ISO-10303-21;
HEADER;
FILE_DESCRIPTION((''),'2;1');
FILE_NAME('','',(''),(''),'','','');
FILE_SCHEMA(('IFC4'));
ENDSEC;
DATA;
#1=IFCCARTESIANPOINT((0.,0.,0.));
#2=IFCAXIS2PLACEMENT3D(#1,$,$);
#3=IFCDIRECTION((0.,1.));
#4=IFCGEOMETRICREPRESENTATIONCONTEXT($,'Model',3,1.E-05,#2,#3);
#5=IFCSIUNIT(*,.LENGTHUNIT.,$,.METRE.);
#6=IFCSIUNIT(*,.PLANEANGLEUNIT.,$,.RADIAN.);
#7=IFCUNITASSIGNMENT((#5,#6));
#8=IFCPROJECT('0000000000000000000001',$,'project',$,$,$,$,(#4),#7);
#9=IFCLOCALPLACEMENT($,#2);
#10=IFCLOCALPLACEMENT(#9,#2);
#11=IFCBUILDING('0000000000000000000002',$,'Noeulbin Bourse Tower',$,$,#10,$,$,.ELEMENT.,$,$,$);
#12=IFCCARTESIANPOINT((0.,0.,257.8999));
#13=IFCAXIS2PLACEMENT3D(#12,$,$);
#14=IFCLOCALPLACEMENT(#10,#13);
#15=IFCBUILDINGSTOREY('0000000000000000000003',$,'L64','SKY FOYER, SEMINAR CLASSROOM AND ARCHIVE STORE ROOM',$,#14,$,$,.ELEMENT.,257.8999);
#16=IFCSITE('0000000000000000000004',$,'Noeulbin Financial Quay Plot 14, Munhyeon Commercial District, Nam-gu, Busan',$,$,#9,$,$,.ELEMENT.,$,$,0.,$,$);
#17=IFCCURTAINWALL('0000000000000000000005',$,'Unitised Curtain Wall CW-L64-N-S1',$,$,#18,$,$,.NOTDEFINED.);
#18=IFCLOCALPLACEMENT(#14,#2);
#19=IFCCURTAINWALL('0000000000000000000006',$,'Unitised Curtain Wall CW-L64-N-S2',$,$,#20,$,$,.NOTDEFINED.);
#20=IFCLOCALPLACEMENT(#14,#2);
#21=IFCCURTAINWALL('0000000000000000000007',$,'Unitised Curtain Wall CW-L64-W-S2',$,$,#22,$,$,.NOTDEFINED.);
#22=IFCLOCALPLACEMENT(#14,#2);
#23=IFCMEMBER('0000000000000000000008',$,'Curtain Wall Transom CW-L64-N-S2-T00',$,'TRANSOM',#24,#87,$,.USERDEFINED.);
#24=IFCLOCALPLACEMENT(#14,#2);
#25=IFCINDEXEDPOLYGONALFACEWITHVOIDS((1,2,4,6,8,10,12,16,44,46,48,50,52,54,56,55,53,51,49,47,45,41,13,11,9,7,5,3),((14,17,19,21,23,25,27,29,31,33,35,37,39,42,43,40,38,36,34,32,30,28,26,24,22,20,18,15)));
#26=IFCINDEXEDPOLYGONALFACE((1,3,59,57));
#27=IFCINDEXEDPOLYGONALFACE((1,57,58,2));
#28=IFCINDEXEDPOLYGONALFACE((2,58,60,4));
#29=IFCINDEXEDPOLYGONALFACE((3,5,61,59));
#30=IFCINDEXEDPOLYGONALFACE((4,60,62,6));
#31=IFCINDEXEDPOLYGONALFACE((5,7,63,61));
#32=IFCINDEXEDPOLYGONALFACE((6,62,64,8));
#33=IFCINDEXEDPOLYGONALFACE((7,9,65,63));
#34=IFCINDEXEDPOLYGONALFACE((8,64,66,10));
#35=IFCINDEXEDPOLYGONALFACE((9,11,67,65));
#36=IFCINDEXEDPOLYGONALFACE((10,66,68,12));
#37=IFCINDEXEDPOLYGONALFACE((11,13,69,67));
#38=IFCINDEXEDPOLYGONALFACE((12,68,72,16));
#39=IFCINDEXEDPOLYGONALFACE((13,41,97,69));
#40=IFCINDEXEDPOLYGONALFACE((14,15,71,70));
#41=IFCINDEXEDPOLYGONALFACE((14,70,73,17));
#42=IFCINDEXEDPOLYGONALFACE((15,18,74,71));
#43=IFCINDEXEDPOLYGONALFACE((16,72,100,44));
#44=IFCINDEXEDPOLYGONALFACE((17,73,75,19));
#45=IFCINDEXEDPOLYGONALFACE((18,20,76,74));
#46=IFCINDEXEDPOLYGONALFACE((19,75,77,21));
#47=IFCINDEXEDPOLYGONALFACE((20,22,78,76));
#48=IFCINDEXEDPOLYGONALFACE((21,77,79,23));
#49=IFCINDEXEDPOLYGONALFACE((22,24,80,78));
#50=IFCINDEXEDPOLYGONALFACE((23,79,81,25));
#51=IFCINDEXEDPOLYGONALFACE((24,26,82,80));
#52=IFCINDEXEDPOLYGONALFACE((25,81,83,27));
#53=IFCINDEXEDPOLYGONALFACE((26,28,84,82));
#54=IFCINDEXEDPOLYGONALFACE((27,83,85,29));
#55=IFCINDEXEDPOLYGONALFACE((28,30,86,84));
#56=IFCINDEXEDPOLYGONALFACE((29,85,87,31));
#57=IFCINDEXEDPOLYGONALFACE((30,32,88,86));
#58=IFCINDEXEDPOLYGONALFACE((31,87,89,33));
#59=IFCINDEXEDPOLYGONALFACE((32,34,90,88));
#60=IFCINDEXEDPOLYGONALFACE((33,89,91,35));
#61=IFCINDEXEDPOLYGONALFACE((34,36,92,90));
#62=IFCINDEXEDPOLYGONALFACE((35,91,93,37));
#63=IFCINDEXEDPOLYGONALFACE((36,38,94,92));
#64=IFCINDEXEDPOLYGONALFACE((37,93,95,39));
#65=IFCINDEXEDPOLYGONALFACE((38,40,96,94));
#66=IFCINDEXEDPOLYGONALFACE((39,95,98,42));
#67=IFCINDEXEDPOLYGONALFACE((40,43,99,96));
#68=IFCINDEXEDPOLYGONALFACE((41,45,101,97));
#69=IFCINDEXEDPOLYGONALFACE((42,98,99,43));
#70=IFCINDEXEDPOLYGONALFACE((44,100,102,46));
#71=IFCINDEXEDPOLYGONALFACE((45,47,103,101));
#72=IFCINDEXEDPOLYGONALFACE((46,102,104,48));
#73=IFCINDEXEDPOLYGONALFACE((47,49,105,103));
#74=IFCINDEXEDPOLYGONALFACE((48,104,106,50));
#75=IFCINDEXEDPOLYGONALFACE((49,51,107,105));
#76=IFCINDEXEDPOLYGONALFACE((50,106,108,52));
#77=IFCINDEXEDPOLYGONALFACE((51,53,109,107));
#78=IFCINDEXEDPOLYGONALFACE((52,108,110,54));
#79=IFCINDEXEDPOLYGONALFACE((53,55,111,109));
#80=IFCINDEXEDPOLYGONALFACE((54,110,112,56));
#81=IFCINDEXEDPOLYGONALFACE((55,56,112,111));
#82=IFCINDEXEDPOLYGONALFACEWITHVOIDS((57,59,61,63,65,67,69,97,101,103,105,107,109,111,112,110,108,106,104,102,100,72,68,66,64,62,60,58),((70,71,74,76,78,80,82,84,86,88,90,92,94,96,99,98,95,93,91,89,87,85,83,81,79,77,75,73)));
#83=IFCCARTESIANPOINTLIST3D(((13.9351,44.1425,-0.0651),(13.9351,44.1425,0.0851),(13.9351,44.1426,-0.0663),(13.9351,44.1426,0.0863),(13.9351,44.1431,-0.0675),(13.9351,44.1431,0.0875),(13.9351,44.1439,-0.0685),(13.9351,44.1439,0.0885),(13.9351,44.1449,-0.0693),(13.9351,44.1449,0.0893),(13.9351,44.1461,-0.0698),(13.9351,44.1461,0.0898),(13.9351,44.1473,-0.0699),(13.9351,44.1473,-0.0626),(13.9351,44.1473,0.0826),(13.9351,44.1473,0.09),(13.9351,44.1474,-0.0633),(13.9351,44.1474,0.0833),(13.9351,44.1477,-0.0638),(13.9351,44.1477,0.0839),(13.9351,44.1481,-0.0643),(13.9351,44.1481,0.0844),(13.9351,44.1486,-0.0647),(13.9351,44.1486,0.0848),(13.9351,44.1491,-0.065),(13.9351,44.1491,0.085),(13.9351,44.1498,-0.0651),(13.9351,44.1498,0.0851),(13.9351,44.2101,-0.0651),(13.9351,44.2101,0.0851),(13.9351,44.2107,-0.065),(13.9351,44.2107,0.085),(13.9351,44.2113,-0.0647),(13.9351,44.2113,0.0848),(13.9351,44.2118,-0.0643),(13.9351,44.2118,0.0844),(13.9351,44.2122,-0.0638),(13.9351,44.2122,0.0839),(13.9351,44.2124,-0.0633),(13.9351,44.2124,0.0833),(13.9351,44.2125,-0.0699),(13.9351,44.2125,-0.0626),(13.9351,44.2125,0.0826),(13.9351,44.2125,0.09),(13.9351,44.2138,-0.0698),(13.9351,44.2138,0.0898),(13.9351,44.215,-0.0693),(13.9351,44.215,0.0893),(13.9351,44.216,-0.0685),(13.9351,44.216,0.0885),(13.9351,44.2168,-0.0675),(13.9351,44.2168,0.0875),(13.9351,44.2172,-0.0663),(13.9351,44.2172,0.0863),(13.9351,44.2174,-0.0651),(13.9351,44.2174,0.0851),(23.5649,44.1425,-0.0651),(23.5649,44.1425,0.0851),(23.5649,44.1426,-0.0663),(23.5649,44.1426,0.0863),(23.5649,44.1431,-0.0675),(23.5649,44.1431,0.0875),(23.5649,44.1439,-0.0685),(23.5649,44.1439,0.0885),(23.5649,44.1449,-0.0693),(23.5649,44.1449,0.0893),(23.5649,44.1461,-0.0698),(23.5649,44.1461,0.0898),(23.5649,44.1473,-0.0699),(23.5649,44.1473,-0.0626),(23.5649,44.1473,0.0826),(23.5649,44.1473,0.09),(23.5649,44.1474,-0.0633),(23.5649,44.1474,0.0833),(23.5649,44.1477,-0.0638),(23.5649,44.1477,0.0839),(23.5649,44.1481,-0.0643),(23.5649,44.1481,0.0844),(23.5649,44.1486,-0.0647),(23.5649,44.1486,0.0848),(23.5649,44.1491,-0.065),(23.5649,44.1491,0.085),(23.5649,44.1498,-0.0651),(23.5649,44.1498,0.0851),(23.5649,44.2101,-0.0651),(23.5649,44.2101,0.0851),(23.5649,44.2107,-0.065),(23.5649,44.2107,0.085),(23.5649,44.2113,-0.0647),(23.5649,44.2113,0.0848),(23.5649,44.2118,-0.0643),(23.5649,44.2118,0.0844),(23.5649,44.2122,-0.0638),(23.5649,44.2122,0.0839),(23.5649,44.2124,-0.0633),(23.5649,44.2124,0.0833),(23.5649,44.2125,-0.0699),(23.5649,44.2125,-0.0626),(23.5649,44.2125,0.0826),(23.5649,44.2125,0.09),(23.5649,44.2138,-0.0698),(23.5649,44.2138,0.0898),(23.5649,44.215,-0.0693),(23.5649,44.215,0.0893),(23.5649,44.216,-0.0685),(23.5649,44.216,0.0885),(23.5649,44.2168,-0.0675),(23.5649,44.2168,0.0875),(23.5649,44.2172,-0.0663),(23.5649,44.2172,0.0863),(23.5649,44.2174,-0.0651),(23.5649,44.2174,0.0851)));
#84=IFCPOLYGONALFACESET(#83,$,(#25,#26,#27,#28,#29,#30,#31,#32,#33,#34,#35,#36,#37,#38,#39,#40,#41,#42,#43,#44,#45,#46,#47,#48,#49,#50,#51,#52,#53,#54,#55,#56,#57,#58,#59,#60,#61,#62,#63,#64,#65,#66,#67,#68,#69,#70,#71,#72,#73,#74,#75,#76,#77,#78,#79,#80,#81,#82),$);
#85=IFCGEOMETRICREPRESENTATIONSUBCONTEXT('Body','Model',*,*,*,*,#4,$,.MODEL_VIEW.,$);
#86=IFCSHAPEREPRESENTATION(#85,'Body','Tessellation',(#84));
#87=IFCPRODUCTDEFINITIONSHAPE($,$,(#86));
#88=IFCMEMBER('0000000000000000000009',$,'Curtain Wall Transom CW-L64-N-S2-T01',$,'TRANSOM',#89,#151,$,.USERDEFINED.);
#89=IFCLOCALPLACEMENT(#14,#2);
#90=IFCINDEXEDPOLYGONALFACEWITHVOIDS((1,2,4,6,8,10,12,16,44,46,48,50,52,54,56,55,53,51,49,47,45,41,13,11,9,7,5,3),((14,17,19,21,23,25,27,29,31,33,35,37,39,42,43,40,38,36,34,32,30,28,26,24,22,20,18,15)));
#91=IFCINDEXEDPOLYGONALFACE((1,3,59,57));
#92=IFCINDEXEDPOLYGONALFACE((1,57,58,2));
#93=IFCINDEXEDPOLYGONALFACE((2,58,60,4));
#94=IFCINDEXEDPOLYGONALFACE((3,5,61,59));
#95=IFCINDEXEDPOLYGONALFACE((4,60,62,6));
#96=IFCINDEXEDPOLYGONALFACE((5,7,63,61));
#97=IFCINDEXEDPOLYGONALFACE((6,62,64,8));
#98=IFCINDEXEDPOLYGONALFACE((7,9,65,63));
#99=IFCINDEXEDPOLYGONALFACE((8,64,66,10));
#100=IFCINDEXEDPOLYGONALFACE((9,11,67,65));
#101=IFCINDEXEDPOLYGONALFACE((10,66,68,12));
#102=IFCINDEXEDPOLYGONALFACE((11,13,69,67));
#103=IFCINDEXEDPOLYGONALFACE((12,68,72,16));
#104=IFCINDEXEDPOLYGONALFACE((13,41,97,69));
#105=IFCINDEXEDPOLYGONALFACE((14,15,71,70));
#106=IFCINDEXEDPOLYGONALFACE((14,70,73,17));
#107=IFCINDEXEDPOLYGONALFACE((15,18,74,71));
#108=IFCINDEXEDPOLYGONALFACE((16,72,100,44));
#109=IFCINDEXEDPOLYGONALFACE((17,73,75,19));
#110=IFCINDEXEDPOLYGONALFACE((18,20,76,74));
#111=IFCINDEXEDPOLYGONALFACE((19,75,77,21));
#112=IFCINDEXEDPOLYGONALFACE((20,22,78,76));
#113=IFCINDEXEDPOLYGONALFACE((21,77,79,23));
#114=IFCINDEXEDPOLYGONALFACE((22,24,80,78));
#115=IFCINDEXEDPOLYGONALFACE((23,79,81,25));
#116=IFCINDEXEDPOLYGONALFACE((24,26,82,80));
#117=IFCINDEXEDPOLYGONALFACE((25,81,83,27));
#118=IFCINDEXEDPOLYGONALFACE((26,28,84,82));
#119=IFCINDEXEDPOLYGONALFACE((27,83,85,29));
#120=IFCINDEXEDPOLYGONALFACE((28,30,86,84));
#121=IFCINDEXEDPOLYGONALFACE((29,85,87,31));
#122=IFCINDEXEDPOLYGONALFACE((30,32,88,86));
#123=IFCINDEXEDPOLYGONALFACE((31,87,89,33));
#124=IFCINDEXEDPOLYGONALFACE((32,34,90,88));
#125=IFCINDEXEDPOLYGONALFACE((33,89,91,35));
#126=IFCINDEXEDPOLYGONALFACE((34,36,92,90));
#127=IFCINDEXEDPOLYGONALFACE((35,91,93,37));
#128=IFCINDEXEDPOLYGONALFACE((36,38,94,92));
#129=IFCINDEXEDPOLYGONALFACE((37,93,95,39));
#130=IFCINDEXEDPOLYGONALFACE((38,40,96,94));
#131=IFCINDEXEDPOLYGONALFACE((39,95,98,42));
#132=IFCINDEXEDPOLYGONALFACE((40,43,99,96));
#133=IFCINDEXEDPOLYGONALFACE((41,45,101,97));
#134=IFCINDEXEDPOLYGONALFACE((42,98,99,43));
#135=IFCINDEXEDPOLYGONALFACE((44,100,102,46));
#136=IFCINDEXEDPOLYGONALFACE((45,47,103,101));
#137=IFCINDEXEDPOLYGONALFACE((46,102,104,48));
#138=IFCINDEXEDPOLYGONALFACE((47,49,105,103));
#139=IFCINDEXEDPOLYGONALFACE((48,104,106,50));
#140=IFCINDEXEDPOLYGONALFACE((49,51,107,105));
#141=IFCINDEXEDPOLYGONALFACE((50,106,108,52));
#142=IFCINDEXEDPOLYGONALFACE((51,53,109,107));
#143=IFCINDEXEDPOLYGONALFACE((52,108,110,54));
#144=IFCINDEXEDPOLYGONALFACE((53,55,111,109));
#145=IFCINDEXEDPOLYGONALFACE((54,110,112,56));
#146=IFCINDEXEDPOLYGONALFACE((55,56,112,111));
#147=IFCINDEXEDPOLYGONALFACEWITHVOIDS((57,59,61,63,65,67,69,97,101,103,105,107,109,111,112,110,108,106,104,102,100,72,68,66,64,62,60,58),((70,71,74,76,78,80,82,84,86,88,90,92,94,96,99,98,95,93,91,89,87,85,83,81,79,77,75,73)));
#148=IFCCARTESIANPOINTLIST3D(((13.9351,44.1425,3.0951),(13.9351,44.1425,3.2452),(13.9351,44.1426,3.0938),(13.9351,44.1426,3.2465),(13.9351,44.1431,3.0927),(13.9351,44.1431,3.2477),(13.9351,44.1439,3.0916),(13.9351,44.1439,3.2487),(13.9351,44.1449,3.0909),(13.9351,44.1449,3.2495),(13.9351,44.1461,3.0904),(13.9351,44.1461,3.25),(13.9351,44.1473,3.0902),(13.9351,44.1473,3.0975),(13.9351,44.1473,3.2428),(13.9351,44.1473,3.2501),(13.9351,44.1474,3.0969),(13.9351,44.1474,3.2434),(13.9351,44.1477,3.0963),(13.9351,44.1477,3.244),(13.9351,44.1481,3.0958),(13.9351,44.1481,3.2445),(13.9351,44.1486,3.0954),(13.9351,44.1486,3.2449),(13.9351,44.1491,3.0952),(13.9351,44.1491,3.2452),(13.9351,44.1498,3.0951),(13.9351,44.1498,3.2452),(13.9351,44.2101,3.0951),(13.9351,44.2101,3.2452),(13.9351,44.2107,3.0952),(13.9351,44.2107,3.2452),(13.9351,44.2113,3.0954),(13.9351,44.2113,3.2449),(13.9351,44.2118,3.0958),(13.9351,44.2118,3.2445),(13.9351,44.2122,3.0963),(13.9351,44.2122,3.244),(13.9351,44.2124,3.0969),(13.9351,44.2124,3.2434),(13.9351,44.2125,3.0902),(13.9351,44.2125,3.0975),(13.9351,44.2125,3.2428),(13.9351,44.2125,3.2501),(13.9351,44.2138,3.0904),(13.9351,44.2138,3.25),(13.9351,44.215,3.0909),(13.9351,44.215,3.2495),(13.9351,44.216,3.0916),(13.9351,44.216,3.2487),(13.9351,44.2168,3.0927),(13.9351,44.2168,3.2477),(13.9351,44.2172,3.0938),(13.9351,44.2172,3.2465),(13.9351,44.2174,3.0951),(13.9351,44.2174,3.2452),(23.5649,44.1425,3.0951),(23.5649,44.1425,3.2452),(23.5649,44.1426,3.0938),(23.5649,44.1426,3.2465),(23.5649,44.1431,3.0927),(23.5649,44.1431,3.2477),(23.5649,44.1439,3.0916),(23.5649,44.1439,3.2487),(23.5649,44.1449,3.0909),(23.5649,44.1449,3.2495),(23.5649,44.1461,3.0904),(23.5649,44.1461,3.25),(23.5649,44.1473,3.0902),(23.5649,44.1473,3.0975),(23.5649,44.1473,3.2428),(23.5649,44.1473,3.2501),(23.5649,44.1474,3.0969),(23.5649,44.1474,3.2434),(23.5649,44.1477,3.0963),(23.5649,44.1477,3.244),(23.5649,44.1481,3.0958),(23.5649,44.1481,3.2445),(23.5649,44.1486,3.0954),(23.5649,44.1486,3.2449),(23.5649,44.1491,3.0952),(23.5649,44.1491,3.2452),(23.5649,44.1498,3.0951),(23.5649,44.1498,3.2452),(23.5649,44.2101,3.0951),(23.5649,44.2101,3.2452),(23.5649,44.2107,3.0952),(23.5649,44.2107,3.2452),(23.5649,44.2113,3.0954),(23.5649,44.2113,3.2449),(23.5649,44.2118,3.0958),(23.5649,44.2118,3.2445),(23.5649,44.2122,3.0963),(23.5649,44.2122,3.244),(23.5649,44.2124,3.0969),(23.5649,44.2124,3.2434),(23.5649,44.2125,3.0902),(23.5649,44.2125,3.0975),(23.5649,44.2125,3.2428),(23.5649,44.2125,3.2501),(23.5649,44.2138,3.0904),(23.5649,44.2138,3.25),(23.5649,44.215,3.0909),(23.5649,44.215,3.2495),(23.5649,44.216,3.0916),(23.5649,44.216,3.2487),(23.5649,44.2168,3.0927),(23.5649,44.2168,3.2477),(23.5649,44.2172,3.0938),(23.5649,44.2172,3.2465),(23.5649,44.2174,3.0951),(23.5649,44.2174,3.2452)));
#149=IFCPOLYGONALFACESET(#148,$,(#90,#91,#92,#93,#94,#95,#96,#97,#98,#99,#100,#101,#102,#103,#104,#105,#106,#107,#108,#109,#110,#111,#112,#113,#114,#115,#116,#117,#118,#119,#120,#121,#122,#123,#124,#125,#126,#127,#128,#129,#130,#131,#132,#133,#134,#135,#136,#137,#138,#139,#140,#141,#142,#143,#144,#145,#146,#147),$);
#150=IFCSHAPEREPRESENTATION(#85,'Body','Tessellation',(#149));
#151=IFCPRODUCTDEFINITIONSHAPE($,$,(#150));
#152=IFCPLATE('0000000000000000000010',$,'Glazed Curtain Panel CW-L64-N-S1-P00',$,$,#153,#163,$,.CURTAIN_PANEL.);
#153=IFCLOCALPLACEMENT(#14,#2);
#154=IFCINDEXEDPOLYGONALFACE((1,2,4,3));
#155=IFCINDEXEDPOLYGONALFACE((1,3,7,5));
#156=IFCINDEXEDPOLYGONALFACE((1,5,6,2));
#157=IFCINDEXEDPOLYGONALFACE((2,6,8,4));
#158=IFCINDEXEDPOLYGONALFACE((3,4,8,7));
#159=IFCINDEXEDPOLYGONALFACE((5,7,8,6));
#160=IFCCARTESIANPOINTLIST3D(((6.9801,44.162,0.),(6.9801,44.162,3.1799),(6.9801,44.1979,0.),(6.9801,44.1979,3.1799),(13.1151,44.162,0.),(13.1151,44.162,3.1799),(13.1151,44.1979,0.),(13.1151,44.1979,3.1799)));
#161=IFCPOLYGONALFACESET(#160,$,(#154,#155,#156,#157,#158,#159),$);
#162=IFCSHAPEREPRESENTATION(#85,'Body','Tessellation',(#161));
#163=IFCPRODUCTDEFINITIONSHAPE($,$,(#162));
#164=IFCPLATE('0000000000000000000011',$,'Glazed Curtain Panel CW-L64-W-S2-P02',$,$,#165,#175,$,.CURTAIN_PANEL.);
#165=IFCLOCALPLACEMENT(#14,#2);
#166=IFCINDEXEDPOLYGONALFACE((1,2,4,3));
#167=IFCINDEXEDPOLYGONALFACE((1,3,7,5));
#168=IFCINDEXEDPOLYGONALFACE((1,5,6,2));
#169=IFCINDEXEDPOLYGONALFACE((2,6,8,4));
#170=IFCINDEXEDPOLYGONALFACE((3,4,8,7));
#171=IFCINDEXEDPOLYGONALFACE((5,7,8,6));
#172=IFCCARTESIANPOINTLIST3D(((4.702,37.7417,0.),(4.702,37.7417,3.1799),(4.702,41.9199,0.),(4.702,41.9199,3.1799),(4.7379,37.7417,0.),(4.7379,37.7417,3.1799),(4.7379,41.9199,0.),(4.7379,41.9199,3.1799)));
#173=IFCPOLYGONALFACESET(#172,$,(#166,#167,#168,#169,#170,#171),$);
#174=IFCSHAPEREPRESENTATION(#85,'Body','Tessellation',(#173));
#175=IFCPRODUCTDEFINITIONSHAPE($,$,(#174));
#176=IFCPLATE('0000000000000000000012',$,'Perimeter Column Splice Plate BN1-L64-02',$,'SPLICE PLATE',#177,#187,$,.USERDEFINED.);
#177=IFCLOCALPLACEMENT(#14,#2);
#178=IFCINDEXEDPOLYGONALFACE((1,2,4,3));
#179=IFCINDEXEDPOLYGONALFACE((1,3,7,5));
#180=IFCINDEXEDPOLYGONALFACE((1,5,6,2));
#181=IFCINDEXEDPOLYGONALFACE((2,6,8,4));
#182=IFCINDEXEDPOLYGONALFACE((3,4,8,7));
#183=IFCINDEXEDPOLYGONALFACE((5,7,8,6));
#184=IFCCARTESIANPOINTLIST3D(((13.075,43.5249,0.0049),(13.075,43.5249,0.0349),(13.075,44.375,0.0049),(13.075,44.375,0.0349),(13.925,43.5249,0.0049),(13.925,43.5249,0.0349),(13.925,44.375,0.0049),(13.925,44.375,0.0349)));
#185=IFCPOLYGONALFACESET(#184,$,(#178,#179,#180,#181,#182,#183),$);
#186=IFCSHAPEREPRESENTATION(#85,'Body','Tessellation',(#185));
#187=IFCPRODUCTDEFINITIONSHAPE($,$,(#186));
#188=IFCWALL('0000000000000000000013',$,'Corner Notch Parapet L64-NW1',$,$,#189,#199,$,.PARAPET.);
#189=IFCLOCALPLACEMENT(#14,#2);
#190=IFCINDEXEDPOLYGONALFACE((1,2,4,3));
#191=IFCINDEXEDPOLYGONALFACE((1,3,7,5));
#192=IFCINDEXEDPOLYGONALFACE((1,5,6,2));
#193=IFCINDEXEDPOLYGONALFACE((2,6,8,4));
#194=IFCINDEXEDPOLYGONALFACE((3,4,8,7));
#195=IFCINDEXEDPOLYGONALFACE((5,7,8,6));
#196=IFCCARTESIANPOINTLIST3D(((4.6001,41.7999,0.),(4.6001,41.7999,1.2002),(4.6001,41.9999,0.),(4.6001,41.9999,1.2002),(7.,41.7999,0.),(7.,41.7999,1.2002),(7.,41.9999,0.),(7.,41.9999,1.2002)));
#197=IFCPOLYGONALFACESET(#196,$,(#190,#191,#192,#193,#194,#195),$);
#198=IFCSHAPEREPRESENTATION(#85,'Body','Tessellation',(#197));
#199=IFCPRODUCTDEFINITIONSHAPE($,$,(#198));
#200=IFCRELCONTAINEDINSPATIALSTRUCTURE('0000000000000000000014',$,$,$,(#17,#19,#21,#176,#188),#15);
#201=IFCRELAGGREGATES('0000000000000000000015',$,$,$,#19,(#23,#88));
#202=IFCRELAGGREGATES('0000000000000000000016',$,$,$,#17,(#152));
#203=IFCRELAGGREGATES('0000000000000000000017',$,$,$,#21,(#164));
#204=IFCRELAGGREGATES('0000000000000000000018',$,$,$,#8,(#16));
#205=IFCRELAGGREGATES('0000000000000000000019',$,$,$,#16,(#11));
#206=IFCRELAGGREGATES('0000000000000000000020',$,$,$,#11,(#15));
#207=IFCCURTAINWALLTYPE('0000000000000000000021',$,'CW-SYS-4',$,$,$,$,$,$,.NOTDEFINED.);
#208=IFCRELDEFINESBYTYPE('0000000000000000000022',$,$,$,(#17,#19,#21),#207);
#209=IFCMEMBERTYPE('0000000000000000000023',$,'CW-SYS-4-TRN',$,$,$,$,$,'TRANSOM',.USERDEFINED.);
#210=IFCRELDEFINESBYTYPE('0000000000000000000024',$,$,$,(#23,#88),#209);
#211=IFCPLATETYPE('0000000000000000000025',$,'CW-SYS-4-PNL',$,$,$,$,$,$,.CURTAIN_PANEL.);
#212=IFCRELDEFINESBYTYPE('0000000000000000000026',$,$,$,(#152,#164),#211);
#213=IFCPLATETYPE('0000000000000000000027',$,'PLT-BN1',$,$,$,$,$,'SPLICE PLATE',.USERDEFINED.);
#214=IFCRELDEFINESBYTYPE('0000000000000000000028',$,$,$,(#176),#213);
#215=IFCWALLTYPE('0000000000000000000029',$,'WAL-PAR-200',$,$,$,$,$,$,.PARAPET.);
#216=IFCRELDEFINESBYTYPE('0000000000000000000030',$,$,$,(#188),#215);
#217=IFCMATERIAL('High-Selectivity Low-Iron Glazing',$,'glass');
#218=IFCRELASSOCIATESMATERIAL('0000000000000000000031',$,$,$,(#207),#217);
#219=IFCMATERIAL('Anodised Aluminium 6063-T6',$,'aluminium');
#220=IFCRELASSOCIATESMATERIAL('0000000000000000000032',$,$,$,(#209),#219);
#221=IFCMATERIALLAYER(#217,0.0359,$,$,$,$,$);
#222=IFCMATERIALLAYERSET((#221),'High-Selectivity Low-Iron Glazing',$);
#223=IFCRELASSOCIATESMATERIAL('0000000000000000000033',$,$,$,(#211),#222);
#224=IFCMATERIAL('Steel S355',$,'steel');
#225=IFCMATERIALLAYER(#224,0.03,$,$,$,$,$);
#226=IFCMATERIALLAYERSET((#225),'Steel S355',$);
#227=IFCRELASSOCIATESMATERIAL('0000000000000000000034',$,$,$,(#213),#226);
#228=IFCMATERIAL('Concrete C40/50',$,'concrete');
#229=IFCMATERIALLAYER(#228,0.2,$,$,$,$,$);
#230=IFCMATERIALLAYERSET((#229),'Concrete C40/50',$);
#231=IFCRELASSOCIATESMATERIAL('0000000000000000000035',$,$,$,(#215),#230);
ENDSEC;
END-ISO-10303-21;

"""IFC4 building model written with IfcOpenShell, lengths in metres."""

from ifc_helpers import new_model, si_unit, direction, frame, frame_2d, origin, origin_2d, place, context, subcontext, project, spatial, rectangle, hollow_rectangle, extrude, material, layer, layer_set, material_profile, profile_set, type_object, element, aggregate, save


model = new_model("IFC4")

# Units and contexts
model_context = context("Model", 3, precision=1e-05, world=origin(), true_north=direction((0.0, 1.0)))
body_context = subcontext(model_context, "Body", "Model", "MODEL_VIEW")
ifc_project = project(units=[si_unit("LENGTHUNIT", "METRE"), si_unit("PLANEANGLEUNIT", "RADIAN")], contexts=[model_context])

# Site, building, storey
site_placement = place(None, origin())
site = spatial("IfcSite", under=ifc_project, at=site_placement, Name="Noeulbin Financial Quay Plot 14, Munhyeon Commercial District, Nam-gu, Busan", CompositionType="ELEMENT", RefElevation=0.0)
building_placement = place(site_placement, origin())
building = spatial("IfcBuilding", under=site, at=building_placement, Name="Noeulbin Bourse Tower", CompositionType="ELEMENT")
storey_placement = place(building_placement, frame((0.0, 0.0, 257.8999)))
storey = spatial("IfcBuildingStorey", under=building, at=storey_placement, Name="L64", Description="SKY FOYER, SEMINAR CLASSROOM AND ARCHIVE STORE ROOM", CompositionType="ELEMENT", Elevation=257.8999)

# Shared definitions
ifc_material_1 = material(Name="Steel S355", Category="steel")

# Curtain wall
ifc_material_2 = material(Name="High-Selectivity Low-Iron Glazing", Category="glass")
curtain_wall_type = type_object("IfcCurtainWallType", Name="CW-SYS-4", PredefinedType="NOTDEFINED", material=ifc_material_2)
curtain_wall_1_placement = place(storey_placement, origin())
curtain_wall_1 = element("IfcCurtainWall", 1, at=curtain_wall_1_placement, inside=storey, type_object=curtain_wall_type, Name="Unitised Curtain Wall CW-L64-N-S1", PredefinedType="NOTDEFINED")
ifc_material_3 = material(Name="Anodised Aluminium 6063-T6", Category="aluminium")

# Curtain walls
curtain_wall_2_placement = place(storey_placement, origin())
curtain_wall_2 = element("IfcCurtainWall", 2, at=curtain_wall_2_placement, inside=storey, type_object=curtain_wall_type, Name="Unitised Curtain Wall CW-L64-N-S2", PredefinedType="NOTDEFINED")
curtain_wall_3_placement = place(storey_placement, origin())
curtain_wall_3 = element("IfcCurtainWall", 3, at=curtain_wall_3_placement, inside=storey, type_object=curtain_wall_type, Name="Unitised Curtain Wall CW-L64-W-S2", PredefinedType="NOTDEFINED")

# Members
ifc_material_profile_1 = material_profile(ifc_material_3, hollow_rectangle(XDim=0.075, YDim=0.1599, WallThickness=0.0049, InnerFilletRadius=0.0024, OuterFilletRadius=0.0049, at=origin_2d()), Name="ALU-TRAN-75x160x5", Category="LoadBearing")
ifc_profile_set_1 = profile_set([ifc_material_profile_1], Name="Anodised Aluminium 6063-T6")
member_type_1 = type_object("IfcMemberType", Name="CW-SYS-4-TRN", ElementType="TRANSOM", PredefinedType="USERDEFINED", material=ifc_profile_set_1)
member_1_placement = place(storey_placement, frame((13.9351, 44.1799, 0.01), z_axis=(1.0, 0.0, 0.0), x_axis=(0.0, 1.0, 0.0)))
member_1 = element("IfcMember", 4, at=member_1_placement, type_object=member_type_1, Name="Curtain Wall Transom CW-L64-N-S2-T00", ObjectType="TRANSOM", PredefinedType="USERDEFINED", context=body_context, shape_type="SweptSolid", body=[
    extrude(hollow_rectangle(XDim=0.075, YDim=0.1599, WallThickness=0.0049, InnerFilletRadius=0.0024, OuterFilletRadius=0.0049, at=origin_2d()), origin(), (0.0, 0.0, 1.0), 9.6299),
])
member_2_placement = place(storey_placement, frame((13.9351, 44.1799, 3.1702), z_axis=(1.0, 0.0, 0.0), x_axis=(0.0, 1.0, 0.0)))
member_2 = element("IfcMember", 5, at=member_2_placement, type_object=member_type_1, Name="Curtain Wall Transom CW-L64-N-S2-T01", ObjectType="TRANSOM", PredefinedType="USERDEFINED", context=body_context, shape_type="SweptSolid", body=[
    extrude(hollow_rectangle(XDim=0.075, YDim=0.1599, WallThickness=0.0049, InnerFilletRadius=0.0024, OuterFilletRadius=0.0049, at=origin_2d()), origin(), (0.0, 0.0, 1.0), 9.6299),
])
aggregate(curtain_wall_2, [member_1, member_2])

# Plates
ifc_layer_1 = layer(ifc_material_2, 0.0359)
ifc_layer_set_1 = layer_set([ifc_layer_1], Name="High-Selectivity Low-Iron Glazing")
plate_type_1 = type_object("IfcPlateType", Name="CW-SYS-4-PNL", PredefinedType="CURTAIN_PANEL", material=ifc_layer_set_1)
plate_1_placement = place(storey_placement, frame((10.0476, 44.1799, 0.0), z_axis=(0.0, 0.0, 1.0), x_axis=(1.0, 0.0, 0.0)))
plate_1 = element("IfcPlate", 6, at=plate_1_placement, type_object=plate_type_1, Name="Glazed Curtain Panel CW-L64-N-S1-P00", PredefinedType="CURTAIN_PANEL", context=body_context, shape_type="SweptSolid", body=[
    extrude(rectangle(XDim=6.135, YDim=0.0359, at=origin_2d()), origin(), (0.0, 0.0, 1.0), 3.1799),
])
aggregate(curtain_wall_1, [plate_1])
plate_2_placement = place(storey_placement, frame((4.72, 39.8308, 0.0), z_axis=(0.0, 0.0, 1.0), x_axis=(0.0, 1.0, 0.0)))
plate_2 = element("IfcPlate", 7, at=plate_2_placement, type_object=plate_type_1, Name="Glazed Curtain Panel CW-L64-W-S2-P02", PredefinedType="CURTAIN_PANEL", context=body_context, shape_type="SweptSolid", body=[
    extrude(rectangle(XDim=4.1782, YDim=0.0359, at=origin_2d()), origin(), (0.0, 0.0, 1.0), 3.1799),
])
aggregate(curtain_wall_3, [plate_2])
ifc_layer_2 = layer(ifc_material_1, 0.03)
ifc_layer_set_2 = layer_set([ifc_layer_2], Name="Steel S355")
plate_type_2 = type_object("IfcPlateType", Name="PLT-BN1", ElementType="SPLICE PLATE", PredefinedType="USERDEFINED", material=ifc_layer_set_2)
plate_3_placement = place(storey_placement, frame((13.5, 43.95, 0.0049), z_axis=(0.0, 0.0, 1.0), x_axis=(1.0, 0.0, 0.0)))
element("IfcPlate", 8, at=plate_3_placement, inside=storey, type_object=plate_type_2, Name="Perimeter Column Splice Plate BN1-L64-02", ObjectType="SPLICE PLATE", PredefinedType="USERDEFINED", context=body_context, shape_type="SweptSolid", body=[
    extrude(rectangle(XDim=0.8501, YDim=0.8501, at=origin_2d()), origin(), (0.0, 0.0, 1.0), 0.03),
])

# Wall
ifc_material_4 = material(Name="Concrete C40/50", Category="concrete")
ifc_layer_3 = layer(ifc_material_4, 0.2)
ifc_layer_set_3 = layer_set([ifc_layer_3], Name="Concrete C40/50")
wall_type_1 = type_object("IfcWallType", Name="WAL-PAR-200", PredefinedType="PARAPET", material=ifc_layer_set_3)
wall_1_placement = place(storey_placement, frame((4.6001, 41.8999, 0.0), z_axis=(0.0, 0.0, 1.0), x_axis=(1.0, 0.0, 0.0)))
element("IfcWall", 9, at=wall_1_placement, inside=storey, type_object=wall_type_1, Name="Corner Notch Parapet L64-NW1", PredefinedType="PARAPET", context=body_context, shape_type="SweptSolid", body=[
    extrude(rectangle(XDim=2.3999, YDim=0.2, at=frame_2d((1.2, 0.0))), origin(), (0.0, 0.0, 1.0), 1.2002),
])

save(model, "model.ifc")
